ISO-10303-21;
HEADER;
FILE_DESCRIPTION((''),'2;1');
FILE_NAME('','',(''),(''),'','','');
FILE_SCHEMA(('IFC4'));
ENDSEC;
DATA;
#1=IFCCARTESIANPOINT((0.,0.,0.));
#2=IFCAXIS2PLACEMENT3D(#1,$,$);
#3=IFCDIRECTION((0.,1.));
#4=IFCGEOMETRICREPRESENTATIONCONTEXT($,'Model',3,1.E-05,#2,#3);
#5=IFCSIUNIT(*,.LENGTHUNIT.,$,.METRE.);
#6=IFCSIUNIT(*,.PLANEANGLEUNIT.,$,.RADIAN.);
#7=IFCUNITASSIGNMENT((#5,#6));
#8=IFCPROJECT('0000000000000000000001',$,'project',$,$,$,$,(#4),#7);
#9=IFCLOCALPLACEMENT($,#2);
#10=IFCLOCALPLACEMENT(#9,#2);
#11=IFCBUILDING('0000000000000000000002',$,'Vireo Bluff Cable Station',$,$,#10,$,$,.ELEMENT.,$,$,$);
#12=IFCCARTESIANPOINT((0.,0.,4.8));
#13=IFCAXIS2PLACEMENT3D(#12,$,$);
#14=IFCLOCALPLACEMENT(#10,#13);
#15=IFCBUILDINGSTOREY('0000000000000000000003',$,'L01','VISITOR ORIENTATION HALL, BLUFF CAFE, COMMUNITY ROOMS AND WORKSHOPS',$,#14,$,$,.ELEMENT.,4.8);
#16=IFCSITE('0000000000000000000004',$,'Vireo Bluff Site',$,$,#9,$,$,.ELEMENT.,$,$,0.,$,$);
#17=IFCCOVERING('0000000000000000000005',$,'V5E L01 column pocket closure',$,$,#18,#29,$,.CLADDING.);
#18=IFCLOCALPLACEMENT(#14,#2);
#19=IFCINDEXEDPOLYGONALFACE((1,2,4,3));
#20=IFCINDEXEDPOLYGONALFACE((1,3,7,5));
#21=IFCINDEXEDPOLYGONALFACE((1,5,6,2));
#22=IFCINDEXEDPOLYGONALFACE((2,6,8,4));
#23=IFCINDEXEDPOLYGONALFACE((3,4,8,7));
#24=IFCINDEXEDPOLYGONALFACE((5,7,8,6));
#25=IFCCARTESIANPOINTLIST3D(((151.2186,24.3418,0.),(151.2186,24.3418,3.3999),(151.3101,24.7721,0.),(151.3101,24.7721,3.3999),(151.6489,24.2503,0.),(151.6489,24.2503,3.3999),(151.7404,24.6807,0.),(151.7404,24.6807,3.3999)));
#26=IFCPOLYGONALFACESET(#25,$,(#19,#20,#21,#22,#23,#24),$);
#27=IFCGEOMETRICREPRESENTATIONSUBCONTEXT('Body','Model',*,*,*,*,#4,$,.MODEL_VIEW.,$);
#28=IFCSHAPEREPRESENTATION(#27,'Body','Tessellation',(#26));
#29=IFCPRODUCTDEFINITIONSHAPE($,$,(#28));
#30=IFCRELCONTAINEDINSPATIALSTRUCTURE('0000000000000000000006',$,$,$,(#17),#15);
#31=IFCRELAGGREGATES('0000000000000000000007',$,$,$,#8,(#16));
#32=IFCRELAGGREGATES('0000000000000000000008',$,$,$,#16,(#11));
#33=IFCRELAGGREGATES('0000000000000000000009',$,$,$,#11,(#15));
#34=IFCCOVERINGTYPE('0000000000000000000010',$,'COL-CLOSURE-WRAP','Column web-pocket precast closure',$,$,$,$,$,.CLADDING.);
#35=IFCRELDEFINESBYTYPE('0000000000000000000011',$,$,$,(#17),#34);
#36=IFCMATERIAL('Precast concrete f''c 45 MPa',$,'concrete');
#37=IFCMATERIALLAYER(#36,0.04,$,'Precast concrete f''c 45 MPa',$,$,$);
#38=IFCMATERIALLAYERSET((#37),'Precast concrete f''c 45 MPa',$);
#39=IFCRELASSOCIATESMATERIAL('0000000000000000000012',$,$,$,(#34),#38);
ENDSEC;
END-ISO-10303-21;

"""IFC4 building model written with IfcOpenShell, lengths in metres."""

from ifc_helpers import new_model, si_unit, direction, frame, origin, origin_2d, place, context, subcontext, project, spatial, rectangle, extrude, material, layer, layer_set, type_object, element, save


model = new_model("IFC4")

# Units and contexts
model_context = context("Model", 3, precision=1e-05, world=origin(), true_north=direction((0.0, 1.0)))
body_context = subcontext(model_context, "Body", "Model", "MODEL_VIEW")
ifc_project = project(units=[si_unit("LENGTHUNIT", "METRE"), si_unit("PLANEANGLEUNIT", "RADIAN")], contexts=[model_context])

# Site, building, storey
site_placement = place(None, origin())
site = spatial("IfcSite", under=ifc_project, at=site_placement, Name="Vireo Bluff Site", CompositionType="ELEMENT", RefElevation=0.0)
building_placement = place(site_placement, origin())
building = spatial("IfcBuilding", under=site, at=building_placement, Name="Vireo Bluff Cable Station", CompositionType="ELEMENT")
storey_placement = place(building_placement, frame((0.0, 0.0, 4.8)))
storey = spatial("IfcBuildingStorey", under=building, at=storey_placement, Name="L01", Description="VISITOR ORIENTATION HALL, BLUFF CAFE, COMMUNITY ROOMS AND WORKSHOPS", CompositionType="ELEMENT", Elevation=4.8)

# Covering
ifc_material_1 = material(Name="Precast concrete f'c 45 MPa", Category="concrete")
ifc_layer_1 = layer(ifc_material_1, 0.04, Name="Precast concrete f'c 45 MPa")
ifc_layer_set_1 = layer_set([ifc_layer_1], Name="Precast concrete f'c 45 MPa")
covering_type = type_object("IfcCoveringType", Name="COL-CLOSURE-WRAP", Description="Column web-pocket precast closure", PredefinedType="CLADDING", material=ifc_layer_set_1)
covering_placement = place(storey_placement, frame((151.4795, 24.5112, 0.0), z_axis=(0.0, 0.0, 1.0), x_axis=(0.978148, -0.207912, 0.0)))
element("IfcCovering", 1, at=covering_placement, inside=storey, type_object=covering_type, Name="V5E L01 column pocket closure", PredefinedType="CLADDING", context=body_context, shape_type="SweptSolid", body=[
    extrude(rectangle(XDim=0.4399, YDim=0.4399, at=origin_2d()), origin(), (0.0, 0.0, 1.0), 3.3999),
])

save(model, "model.ifc")
